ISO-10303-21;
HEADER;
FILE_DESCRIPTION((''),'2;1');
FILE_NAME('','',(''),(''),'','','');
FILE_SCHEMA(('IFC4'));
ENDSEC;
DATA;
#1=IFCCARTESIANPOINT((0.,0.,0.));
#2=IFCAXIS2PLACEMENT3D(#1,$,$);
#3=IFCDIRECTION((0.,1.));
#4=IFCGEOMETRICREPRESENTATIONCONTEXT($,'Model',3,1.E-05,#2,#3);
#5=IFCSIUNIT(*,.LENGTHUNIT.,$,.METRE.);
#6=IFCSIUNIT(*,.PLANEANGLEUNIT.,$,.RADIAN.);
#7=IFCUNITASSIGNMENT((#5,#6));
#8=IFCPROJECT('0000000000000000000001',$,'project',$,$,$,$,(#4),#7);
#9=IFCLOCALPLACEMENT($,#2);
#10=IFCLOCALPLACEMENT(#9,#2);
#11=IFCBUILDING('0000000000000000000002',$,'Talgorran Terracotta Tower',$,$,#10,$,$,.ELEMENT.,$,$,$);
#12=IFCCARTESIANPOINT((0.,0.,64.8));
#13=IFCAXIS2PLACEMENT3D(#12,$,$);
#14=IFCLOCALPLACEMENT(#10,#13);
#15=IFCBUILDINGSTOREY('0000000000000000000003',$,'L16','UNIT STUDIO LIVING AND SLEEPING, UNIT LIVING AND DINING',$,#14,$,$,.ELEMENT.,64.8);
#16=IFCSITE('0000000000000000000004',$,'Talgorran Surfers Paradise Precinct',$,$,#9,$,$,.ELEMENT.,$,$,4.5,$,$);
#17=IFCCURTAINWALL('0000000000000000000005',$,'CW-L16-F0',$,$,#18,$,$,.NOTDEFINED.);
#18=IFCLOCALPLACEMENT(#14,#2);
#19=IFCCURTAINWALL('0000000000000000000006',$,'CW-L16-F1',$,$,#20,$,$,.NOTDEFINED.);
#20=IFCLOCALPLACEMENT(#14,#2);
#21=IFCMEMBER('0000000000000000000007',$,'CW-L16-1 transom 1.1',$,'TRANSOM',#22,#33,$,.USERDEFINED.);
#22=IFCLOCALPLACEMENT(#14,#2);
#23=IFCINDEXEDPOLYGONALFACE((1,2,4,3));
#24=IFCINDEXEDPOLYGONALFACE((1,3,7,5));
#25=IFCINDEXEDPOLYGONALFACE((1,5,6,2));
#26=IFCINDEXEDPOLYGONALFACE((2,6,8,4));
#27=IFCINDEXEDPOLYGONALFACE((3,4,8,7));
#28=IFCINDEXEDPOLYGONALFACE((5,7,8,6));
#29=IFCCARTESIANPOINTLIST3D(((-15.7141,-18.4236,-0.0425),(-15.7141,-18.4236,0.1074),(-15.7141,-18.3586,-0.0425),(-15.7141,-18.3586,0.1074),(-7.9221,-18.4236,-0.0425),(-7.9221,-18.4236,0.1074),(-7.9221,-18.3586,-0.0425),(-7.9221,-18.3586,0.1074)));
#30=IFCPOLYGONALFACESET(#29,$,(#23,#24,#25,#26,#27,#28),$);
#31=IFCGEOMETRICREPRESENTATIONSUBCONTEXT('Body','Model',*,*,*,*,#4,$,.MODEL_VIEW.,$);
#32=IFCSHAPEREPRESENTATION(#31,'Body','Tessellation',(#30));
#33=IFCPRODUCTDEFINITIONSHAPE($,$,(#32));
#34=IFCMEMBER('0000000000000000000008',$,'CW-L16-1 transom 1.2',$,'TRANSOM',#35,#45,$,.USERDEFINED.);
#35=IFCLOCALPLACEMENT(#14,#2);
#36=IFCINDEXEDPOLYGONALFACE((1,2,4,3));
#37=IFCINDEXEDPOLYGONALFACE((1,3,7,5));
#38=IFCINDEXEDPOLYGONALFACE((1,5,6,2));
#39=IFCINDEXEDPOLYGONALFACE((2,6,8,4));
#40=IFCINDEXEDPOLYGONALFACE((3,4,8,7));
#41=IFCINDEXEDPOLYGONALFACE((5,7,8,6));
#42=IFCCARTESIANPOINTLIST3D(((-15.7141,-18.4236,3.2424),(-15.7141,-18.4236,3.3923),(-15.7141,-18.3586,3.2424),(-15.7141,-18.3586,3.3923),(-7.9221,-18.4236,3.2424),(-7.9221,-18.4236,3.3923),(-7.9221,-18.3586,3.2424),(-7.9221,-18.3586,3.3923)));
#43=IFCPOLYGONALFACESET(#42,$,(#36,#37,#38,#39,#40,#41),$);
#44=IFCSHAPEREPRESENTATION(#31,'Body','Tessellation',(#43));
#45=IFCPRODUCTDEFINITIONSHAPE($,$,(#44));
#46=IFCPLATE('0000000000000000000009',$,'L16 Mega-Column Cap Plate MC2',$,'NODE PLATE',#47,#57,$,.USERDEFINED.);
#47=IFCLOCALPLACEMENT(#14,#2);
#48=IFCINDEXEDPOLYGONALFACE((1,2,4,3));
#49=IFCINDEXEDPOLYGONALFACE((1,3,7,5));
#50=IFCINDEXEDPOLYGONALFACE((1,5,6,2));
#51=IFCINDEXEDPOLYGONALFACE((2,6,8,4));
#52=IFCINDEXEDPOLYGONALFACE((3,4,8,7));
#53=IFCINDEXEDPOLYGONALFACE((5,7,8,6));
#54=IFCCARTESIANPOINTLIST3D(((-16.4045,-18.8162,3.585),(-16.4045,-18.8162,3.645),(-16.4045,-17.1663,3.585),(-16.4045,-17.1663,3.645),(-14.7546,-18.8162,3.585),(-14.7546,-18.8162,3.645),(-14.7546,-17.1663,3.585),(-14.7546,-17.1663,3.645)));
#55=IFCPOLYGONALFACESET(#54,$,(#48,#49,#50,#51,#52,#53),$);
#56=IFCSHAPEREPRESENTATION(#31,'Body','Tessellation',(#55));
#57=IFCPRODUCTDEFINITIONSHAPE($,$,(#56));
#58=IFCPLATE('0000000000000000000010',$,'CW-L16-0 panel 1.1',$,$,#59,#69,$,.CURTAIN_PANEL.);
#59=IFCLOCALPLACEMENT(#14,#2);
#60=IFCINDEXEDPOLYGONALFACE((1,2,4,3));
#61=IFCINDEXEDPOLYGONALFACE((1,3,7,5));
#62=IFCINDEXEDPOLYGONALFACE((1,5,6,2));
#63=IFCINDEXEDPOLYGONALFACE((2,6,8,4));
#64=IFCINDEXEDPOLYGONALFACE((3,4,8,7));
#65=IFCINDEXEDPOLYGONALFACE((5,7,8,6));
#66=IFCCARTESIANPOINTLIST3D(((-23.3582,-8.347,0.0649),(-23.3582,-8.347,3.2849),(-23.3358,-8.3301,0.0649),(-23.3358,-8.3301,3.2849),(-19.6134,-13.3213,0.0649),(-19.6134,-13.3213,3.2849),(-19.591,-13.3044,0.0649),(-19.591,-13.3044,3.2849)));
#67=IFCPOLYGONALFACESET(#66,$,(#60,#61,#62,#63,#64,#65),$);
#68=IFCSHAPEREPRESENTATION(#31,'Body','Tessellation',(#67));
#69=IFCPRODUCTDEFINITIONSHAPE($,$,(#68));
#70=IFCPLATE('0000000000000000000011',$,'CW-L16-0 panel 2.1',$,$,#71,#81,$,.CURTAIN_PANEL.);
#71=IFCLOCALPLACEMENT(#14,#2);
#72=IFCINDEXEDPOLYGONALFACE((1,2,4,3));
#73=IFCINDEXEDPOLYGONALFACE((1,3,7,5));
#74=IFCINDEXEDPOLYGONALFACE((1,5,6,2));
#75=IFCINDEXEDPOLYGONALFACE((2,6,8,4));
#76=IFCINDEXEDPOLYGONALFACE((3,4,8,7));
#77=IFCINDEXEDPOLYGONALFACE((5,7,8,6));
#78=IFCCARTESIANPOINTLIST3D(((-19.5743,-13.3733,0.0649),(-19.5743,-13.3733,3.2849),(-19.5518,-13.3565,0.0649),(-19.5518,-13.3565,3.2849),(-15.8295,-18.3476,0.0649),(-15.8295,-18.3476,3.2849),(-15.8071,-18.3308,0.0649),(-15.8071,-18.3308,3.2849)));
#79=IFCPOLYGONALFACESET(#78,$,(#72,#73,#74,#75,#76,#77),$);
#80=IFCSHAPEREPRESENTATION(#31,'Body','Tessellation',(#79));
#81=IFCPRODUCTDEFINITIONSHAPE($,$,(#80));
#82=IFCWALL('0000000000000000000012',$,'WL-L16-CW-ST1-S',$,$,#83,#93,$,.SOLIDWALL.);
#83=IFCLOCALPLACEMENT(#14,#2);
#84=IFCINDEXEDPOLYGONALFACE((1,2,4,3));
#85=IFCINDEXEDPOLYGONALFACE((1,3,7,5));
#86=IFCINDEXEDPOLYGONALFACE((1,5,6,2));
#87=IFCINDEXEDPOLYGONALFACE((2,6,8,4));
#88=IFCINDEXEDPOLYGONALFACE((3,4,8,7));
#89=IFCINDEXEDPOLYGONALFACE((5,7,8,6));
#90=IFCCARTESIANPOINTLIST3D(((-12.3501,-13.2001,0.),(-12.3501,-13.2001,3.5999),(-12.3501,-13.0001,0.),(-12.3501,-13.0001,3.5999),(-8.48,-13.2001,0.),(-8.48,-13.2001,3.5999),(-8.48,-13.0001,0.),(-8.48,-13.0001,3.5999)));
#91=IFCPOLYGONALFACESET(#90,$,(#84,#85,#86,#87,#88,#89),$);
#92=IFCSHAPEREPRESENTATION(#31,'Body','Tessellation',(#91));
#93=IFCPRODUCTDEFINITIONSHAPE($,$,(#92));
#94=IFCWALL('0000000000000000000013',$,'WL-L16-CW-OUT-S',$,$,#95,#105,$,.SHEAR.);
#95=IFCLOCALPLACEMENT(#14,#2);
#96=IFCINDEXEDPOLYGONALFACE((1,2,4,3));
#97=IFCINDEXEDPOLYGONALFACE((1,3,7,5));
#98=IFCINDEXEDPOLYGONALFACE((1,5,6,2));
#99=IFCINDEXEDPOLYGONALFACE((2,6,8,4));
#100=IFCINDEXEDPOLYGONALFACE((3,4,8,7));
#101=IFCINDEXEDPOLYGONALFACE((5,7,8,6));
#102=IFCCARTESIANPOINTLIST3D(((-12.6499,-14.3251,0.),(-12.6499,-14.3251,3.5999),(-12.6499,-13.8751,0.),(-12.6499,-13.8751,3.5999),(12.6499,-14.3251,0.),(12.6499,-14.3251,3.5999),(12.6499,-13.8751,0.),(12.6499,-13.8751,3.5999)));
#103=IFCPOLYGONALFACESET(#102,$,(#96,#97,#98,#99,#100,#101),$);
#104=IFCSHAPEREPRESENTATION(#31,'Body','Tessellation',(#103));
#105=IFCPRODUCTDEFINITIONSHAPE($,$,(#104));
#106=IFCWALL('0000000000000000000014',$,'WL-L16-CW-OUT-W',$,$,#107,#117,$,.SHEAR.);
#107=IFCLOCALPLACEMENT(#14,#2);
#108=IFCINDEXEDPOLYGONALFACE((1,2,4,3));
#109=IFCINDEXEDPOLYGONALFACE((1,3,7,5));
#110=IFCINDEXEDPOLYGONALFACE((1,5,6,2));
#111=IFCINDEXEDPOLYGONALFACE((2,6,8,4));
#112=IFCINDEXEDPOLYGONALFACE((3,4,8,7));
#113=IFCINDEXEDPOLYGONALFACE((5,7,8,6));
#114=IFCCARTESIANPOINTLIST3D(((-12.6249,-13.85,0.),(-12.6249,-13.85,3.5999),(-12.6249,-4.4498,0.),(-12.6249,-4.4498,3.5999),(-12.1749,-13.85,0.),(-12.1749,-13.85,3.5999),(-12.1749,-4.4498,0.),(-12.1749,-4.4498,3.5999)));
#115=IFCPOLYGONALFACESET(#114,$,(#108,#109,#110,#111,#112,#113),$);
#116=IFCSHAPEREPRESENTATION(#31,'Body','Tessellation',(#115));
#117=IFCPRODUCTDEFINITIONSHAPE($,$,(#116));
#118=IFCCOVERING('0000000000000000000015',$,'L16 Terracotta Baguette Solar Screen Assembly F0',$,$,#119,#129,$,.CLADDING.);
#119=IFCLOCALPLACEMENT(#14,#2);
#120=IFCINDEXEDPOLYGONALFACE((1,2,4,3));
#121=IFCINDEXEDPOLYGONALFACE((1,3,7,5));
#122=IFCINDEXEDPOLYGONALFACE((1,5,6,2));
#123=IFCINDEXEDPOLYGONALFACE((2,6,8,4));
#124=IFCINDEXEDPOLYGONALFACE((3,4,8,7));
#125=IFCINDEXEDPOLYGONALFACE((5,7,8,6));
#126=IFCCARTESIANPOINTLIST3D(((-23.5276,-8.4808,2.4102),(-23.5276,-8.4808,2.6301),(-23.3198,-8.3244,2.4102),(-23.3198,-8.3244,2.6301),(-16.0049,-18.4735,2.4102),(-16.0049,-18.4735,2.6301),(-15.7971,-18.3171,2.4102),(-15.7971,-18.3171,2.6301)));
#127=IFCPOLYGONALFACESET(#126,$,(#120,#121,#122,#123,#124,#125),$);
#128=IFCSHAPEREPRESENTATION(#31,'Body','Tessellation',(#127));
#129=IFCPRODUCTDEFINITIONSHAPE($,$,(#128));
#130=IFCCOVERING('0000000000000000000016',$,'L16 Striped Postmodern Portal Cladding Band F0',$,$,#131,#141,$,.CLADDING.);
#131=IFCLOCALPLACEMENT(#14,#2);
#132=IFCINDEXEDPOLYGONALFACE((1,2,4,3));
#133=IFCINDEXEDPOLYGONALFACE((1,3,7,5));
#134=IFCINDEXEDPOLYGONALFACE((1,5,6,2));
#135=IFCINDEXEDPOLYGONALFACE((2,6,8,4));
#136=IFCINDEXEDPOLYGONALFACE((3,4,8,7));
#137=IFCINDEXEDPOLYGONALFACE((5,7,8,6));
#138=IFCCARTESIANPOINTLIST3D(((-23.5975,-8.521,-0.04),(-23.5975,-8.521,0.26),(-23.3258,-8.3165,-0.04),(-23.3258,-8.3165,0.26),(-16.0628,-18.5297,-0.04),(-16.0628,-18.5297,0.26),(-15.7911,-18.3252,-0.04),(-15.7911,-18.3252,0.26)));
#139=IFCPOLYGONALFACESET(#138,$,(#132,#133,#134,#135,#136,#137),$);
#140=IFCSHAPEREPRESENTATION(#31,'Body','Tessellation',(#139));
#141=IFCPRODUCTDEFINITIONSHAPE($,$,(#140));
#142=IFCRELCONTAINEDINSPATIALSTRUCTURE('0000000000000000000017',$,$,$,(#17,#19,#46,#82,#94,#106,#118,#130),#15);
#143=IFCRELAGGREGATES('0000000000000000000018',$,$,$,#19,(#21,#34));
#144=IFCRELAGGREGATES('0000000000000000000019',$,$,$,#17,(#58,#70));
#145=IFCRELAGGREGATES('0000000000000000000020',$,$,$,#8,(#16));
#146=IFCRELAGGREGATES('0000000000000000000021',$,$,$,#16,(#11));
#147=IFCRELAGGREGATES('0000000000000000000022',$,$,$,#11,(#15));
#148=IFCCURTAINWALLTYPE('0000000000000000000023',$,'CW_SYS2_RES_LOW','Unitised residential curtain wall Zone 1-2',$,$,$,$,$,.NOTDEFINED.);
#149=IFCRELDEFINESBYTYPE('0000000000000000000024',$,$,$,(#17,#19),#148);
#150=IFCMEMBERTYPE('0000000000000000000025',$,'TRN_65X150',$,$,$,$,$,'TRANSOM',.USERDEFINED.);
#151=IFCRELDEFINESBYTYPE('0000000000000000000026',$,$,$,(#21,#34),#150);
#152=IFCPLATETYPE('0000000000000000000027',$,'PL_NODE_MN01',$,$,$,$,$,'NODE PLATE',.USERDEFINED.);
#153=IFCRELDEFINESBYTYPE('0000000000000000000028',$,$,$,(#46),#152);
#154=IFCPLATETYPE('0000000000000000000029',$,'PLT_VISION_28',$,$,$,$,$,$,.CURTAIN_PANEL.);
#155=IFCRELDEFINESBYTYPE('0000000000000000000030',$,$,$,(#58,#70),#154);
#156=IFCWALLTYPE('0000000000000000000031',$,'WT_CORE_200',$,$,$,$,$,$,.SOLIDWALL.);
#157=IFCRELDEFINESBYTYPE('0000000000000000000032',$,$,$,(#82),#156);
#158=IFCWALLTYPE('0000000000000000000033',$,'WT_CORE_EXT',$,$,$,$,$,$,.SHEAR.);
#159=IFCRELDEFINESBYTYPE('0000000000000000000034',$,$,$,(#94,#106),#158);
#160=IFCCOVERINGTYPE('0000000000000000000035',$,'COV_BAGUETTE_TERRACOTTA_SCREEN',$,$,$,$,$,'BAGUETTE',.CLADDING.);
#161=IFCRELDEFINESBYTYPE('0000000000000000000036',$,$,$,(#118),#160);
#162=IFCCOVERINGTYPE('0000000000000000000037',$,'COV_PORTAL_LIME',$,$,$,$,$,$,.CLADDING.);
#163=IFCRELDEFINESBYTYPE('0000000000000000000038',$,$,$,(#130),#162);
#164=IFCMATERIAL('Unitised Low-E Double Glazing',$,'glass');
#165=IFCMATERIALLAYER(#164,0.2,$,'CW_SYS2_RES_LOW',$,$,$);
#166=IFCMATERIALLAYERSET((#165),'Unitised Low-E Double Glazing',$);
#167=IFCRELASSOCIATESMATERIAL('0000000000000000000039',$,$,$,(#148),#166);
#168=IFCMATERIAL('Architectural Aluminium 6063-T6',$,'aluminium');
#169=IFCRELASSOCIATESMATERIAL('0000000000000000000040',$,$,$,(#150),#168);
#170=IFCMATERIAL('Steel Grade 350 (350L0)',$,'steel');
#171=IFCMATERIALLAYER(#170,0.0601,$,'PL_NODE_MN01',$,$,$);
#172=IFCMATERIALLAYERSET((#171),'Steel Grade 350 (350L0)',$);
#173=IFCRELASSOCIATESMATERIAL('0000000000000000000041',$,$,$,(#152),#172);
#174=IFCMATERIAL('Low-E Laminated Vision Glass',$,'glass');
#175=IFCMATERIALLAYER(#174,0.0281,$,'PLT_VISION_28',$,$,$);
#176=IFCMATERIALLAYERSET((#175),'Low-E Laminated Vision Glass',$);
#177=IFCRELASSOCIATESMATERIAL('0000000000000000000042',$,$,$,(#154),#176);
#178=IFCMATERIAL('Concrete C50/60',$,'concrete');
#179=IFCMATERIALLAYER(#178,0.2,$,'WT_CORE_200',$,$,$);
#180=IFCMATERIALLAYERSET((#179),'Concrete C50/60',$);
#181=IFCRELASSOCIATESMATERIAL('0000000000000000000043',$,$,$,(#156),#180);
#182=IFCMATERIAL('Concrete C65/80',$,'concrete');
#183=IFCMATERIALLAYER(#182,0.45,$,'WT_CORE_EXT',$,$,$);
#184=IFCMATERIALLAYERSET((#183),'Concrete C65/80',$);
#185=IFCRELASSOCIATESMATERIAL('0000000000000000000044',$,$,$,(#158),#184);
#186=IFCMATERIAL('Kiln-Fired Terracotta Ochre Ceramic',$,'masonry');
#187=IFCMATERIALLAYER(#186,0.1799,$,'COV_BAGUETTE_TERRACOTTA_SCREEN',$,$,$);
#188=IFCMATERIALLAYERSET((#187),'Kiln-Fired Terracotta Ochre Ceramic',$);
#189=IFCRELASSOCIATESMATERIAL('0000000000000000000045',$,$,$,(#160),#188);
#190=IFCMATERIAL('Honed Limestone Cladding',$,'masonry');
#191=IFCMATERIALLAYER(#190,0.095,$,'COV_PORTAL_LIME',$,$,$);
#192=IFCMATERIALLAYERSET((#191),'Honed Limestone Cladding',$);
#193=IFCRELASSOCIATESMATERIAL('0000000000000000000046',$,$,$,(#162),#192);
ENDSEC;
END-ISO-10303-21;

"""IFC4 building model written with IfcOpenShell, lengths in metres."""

from ifc_helpers import new_model, si_unit, direction, frame, frame_2d, origin, origin_2d, place, context, subcontext, project, spatial, rectangle, extrude, source, transform, mapped, material, layer, layer_set, material_profile, profile_set, type_object, type_shapes, element, aggregate, save


model = new_model("IFC4")

# Units and contexts
model_context = context("Model", 3, precision=1e-05, world=origin(), true_north=direction((0.0, 1.0)))
body_context = subcontext(model_context, "Body", "Model", "MODEL_VIEW")
ifc_project = project(units=[si_unit("LENGTHUNIT", "METRE"), si_unit("PLANEANGLEUNIT", "RADIAN")], contexts=[model_context])

# Site, building, storey
site_placement = place(None, origin())
site = spatial("IfcSite", under=ifc_project, at=site_placement, Name="Talgorran Surfers Paradise Precinct", CompositionType="ELEMENT", RefElevation=4.5)
building_placement = place(site_placement, origin())
building = spatial("IfcBuilding", under=site, at=building_placement, Name="Talgorran Terracotta Tower", CompositionType="ELEMENT")
storey_placement = place(building_placement, frame((0.0, 0.0, 64.8)))
storey = spatial("IfcBuildingStorey", under=building, at=storey_placement, Name="L16", Description="UNIT STUDIO LIVING AND SLEEPING, UNIT LIVING AND DINING", CompositionType="ELEMENT", Elevation=64.8)

# Shared definitions
ifc_material_1 = material(Name="Steel Grade 350 (350L0)", Category="steel")

# Curtain wall
ifc_material_2 = material(Name="Unitised Low-E Double Glazing", Category="glass")
ifc_layer_1 = layer(ifc_material_2, 0.2, Name="CW_SYS2_RES_LOW")
ifc_layer_set_1 = layer_set([ifc_layer_1], Name="Unitised Low-E Double Glazing")
curtain_wall_type = type_object("IfcCurtainWallType", Name="CW_SYS2_RES_LOW", Description="Unitised residential curtain wall Zone 1-2", PredefinedType="NOTDEFINED", material=ifc_layer_set_1)
curtain_wall_1_placement = place(storey_placement, origin())
curtain_wall_1 = element("IfcCurtainWall", 1, at=curtain_wall_1_placement, inside=storey, type_object=curtain_wall_type, Name="CW-L16-F0", PredefinedType="NOTDEFINED")
ifc_material_3 = material(Name="Architectural Aluminium 6063-T6", Category="aluminium")

# Curtain wall
curtain_wall_2_placement = place(storey_placement, origin())
curtain_wall_2 = element("IfcCurtainWall", 2, at=curtain_wall_2_placement, inside=storey, type_object=curtain_wall_type, Name="CW-L16-F1", PredefinedType="NOTDEFINED")

# Members
ifc_material_profile_1 = material_profile(ifc_material_3, rectangle(XDim=0.0649, YDim=0.1499, at=origin_2d()), Name="CWT65X150")
ifc_profile_set_1 = profile_set([ifc_material_profile_1], Name="Architectural Aluminium 6063-T6")
member_type_1 = type_object("IfcMemberType", Name="TRN_65X150", ElementType="TRANSOM", PredefinedType="USERDEFINED", material=ifc_profile_set_1)
member_1_placement = place(storey_placement, frame((-15.7141, -18.3911, 0.0325), z_axis=(1.0, 0.0, 0.0), x_axis=(0.0, 1.0, 0.0)))
member_1 = element("IfcMember", 3, at=member_1_placement, type_object=member_type_1, Name="CW-L16-1 transom 1.1", ObjectType="TRANSOM", PredefinedType="USERDEFINED", context=body_context, shape_type="SweptSolid", body=[
    extrude(rectangle(XDim=0.0649, YDim=0.1499, at=origin_2d()), origin(), (0.0, 0.0, 1.0), 7.792),
])
member_2_placement = place(storey_placement, frame((-15.7141, -18.3911, 3.3174), z_axis=(1.0, 0.0, 0.0), x_axis=(0.0, 1.0, 0.0)))
member_2 = element("IfcMember", 4, at=member_2_placement, type_object=member_type_1, Name="CW-L16-1 transom 1.2", ObjectType="TRANSOM", PredefinedType="USERDEFINED", context=body_context, shape_type="SweptSolid", body=[
    extrude(rectangle(XDim=0.0649, YDim=0.1499, at=origin_2d()), origin(), (0.0, 0.0, 1.0), 7.792),
])
aggregate(curtain_wall_2, [member_1, member_2])

# Plates
ifc_layer_2 = layer(ifc_material_1, 0.0601, Name="PL_NODE_MN01")
ifc_layer_set_2 = layer_set([ifc_layer_2], Name="Steel Grade 350 (350L0)")
plate_type_1 = type_object("IfcPlateType", Name="PL_NODE_MN01", ElementType="NODE PLATE", PredefinedType="USERDEFINED", material=ifc_layer_set_2)
plate_1_placement = place(storey_placement, frame((-15.5796, -17.9912, 3.585), z_axis=(0.0, 0.0, 1.0), x_axis=(1.0, 0.0, 0.0)))
element("IfcPlate", 5, at=plate_1_placement, inside=storey, type_object=plate_type_1, Name="L16 Mega-Column Cap Plate MC2", ObjectType="NODE PLATE", PredefinedType="USERDEFINED", context=body_context, shape_type="SweptSolid", body=[
    extrude(rectangle(XDim=1.6499, YDim=1.6499, at=origin_2d()), origin(), (0.0, 0.0, 1.0), 0.0601),
])
ifc_material_4 = material(Name="Low-E Laminated Vision Glass", Category="glass")
ifc_layer_3 = layer(ifc_material_4, 0.0281, Name="PLT_VISION_28")
ifc_layer_set_3 = layer_set([ifc_layer_3], Name="Low-E Laminated Vision Glass")
plate_type_2 = type_object("IfcPlateType", Name="PLT_VISION_28", PredefinedType="CURTAIN_PANEL", material=ifc_layer_set_3)
shared_shape = source(origin(), body_context, "Body", "SweptSolid", [
    extrude(rectangle(XDim=6.2263, YDim=0.0281, at=origin_2d()), origin(), (0.0, 0.0, 1.0), 3.22),
])
type_shapes(plate_type_2, [shared_shape])
plate_2_placement = place(storey_placement, frame((-21.4746, -10.8257, 0.0649), z_axis=(0.0, 0.0, 1.0), x_axis=(0.601442, -0.798916, 0.0)))
plate_2 = element("IfcPlate", 6, at=plate_2_placement, type_object=plate_type_2, Name="CW-L16-0 panel 1.1", PredefinedType="CURTAIN_PANEL", context=body_context, shape_type="MappedRepresentation", body=[
    mapped(shared_shape, transform((0.0, 0.0, 0.0), scale=1.0)),
])
plate_3_placement = place(storey_placement, frame((-17.6907, -15.8521, 0.0649), z_axis=(0.0, 0.0, 1.0), x_axis=(0.601442, -0.798916, 0.0)))
plate_3 = element("IfcPlate", 7, at=plate_3_placement, type_object=plate_type_2, Name="CW-L16-0 panel 2.1", PredefinedType="CURTAIN_PANEL", context=body_context, shape_type="MappedRepresentation", body=[
    mapped(shared_shape, transform((0.0, 0.0, 0.0), scale=1.0)),
])
aggregate(curtain_wall_1, [plate_2, plate_3])

# Walls
ifc_material_5 = material(Name="Concrete C50/60", Category="concrete")
ifc_layer_4 = layer(ifc_material_5, 0.2, Name="WT_CORE_200")
ifc_layer_set_4 = layer_set([ifc_layer_4], Name="Concrete C50/60")
wall_type_1 = type_object("IfcWallType", Name="WT_CORE_200", PredefinedType="SOLIDWALL", material=ifc_layer_set_4)
wall_1_placement = place(storey_placement, frame((-12.3501, -13.1001, 0.0), z_axis=(0.0, 0.0, 1.0), x_axis=(1.0, 0.0, 0.0)))
element("IfcWall", 8, at=wall_1_placement, inside=storey, type_object=wall_type_1, Name="WL-L16-CW-ST1-S", PredefinedType="SOLIDWALL", context=body_context, shape_type="SweptSolid", body=[
    extrude(rectangle(XDim=3.8701, YDim=0.2, at=frame_2d((1.9351, 0.0))), origin(), (0.0, 0.0, 1.0), 3.5999),
])
ifc_material_6 = material(Name="Concrete C65/80", Category="concrete")
ifc_layer_5 = layer(ifc_material_6, 0.45, Name="WT_CORE_EXT")
ifc_layer_set_5 = layer_set([ifc_layer_5], Name="Concrete C65/80")
wall_type_2 = type_object("IfcWallType", Name="WT_CORE_EXT", PredefinedType="SHEAR", material=ifc_layer_set_5)
wall_2_placement = place(storey_placement, frame((-12.6499, -14.1001, 0.0), z_axis=(0.0, 0.0, 1.0), x_axis=(1.0, 0.0, 0.0)))
element("IfcWall", 9, at=wall_2_placement, inside=storey, type_object=wall_type_2, Name="WL-L16-CW-OUT-S", PredefinedType="SHEAR", context=body_context, shape_type="SweptSolid", body=[
    extrude(rectangle(XDim=25.2998, YDim=0.45, at=frame_2d((12.6499, 0.0))), origin(), (0.0, 0.0, 1.0), 3.5999),
])
wall_3_placement = place(storey_placement, frame((-12.3999, -13.8501, 0.0), z_axis=(0.0, 0.0, 1.0), x_axis=(0.0, 1.0, 0.0)))
element("IfcWall", 10, at=wall_3_placement, inside=storey, type_object=wall_type_2, Name="WL-L16-CW-OUT-W", PredefinedType="SHEAR", context=body_context, shape_type="SweptSolid", body=[
    extrude(rectangle(XDim=9.4001, YDim=0.45, at=frame_2d((4.7002, 0.0))), origin(), (0.0, 0.0, 1.0), 3.5999),
])

# Coverings
ifc_material_7 = material(Name="Kiln-Fired Terracotta Ochre Ceramic", Category="masonry")
ifc_layer_6 = layer(ifc_material_7, 0.1799, Name="COV_BAGUETTE_TERRACOTTA_SCREEN")
ifc_layer_set_6 = layer_set([ifc_layer_6], Name="Kiln-Fired Terracotta Ochre Ceramic")
covering_type_1 = type_object("IfcCoveringType", Name="COV_BAGUETTE_TERRACOTTA_SCREEN", ElementType="BAGUETTE", PredefinedType="CLADDING", material=ifc_layer_set_6)
covering_1_placement = place(storey_placement, frame((-19.6624, -13.3989, 2.4102), z_axis=(0.0, 0.0, 1.0), x_axis=(0.601439, -0.798919, 0.0)))
element("IfcCovering", 11, at=covering_1_placement, inside=storey, type_object=covering_type_1, Name="L16 Terracotta Baguette Solar Screen Assembly F0", PredefinedType="CLADDING", context=body_context, shape_type="SweptSolid", body=[
    extrude(rectangle(XDim=12.5078, YDim=0.26, at=origin_2d()), origin(), (0.0, 0.0, 1.0), 0.22),
])
ifc_material_8 = material(Name="Honed Limestone Cladding", Category="masonry")
ifc_layer_7 = layer(ifc_material_8, 0.095, Name="COV_PORTAL_LIME")
ifc_layer_set_7 = layer_set([ifc_layer_7], Name="Honed Limestone Cladding")
covering_type_2 = type_object("IfcCoveringType", Name="COV_PORTAL_LIME", PredefinedType="CLADDING", material=ifc_layer_set_7)
covering_2_placement = place(storey_placement, frame((-19.6943, -13.4231, -0.04), z_axis=(0.0, 0.0, 1.0), x_axis=(0.601439, -0.798919, 0.0)))
element("IfcCovering", 12, at=covering_2_placement, inside=storey, type_object=covering_type_2, Name="L16 Striped Postmodern Portal Cladding Band F0", PredefinedType="CLADDING", context=body_context, shape_type="SweptSolid", body=[
    extrude(rectangle(XDim=12.5278, YDim=0.3401, at=origin_2d()), origin(), (0.0, 0.0, 1.0), 0.3),
])

save(model, "model.ifc")
